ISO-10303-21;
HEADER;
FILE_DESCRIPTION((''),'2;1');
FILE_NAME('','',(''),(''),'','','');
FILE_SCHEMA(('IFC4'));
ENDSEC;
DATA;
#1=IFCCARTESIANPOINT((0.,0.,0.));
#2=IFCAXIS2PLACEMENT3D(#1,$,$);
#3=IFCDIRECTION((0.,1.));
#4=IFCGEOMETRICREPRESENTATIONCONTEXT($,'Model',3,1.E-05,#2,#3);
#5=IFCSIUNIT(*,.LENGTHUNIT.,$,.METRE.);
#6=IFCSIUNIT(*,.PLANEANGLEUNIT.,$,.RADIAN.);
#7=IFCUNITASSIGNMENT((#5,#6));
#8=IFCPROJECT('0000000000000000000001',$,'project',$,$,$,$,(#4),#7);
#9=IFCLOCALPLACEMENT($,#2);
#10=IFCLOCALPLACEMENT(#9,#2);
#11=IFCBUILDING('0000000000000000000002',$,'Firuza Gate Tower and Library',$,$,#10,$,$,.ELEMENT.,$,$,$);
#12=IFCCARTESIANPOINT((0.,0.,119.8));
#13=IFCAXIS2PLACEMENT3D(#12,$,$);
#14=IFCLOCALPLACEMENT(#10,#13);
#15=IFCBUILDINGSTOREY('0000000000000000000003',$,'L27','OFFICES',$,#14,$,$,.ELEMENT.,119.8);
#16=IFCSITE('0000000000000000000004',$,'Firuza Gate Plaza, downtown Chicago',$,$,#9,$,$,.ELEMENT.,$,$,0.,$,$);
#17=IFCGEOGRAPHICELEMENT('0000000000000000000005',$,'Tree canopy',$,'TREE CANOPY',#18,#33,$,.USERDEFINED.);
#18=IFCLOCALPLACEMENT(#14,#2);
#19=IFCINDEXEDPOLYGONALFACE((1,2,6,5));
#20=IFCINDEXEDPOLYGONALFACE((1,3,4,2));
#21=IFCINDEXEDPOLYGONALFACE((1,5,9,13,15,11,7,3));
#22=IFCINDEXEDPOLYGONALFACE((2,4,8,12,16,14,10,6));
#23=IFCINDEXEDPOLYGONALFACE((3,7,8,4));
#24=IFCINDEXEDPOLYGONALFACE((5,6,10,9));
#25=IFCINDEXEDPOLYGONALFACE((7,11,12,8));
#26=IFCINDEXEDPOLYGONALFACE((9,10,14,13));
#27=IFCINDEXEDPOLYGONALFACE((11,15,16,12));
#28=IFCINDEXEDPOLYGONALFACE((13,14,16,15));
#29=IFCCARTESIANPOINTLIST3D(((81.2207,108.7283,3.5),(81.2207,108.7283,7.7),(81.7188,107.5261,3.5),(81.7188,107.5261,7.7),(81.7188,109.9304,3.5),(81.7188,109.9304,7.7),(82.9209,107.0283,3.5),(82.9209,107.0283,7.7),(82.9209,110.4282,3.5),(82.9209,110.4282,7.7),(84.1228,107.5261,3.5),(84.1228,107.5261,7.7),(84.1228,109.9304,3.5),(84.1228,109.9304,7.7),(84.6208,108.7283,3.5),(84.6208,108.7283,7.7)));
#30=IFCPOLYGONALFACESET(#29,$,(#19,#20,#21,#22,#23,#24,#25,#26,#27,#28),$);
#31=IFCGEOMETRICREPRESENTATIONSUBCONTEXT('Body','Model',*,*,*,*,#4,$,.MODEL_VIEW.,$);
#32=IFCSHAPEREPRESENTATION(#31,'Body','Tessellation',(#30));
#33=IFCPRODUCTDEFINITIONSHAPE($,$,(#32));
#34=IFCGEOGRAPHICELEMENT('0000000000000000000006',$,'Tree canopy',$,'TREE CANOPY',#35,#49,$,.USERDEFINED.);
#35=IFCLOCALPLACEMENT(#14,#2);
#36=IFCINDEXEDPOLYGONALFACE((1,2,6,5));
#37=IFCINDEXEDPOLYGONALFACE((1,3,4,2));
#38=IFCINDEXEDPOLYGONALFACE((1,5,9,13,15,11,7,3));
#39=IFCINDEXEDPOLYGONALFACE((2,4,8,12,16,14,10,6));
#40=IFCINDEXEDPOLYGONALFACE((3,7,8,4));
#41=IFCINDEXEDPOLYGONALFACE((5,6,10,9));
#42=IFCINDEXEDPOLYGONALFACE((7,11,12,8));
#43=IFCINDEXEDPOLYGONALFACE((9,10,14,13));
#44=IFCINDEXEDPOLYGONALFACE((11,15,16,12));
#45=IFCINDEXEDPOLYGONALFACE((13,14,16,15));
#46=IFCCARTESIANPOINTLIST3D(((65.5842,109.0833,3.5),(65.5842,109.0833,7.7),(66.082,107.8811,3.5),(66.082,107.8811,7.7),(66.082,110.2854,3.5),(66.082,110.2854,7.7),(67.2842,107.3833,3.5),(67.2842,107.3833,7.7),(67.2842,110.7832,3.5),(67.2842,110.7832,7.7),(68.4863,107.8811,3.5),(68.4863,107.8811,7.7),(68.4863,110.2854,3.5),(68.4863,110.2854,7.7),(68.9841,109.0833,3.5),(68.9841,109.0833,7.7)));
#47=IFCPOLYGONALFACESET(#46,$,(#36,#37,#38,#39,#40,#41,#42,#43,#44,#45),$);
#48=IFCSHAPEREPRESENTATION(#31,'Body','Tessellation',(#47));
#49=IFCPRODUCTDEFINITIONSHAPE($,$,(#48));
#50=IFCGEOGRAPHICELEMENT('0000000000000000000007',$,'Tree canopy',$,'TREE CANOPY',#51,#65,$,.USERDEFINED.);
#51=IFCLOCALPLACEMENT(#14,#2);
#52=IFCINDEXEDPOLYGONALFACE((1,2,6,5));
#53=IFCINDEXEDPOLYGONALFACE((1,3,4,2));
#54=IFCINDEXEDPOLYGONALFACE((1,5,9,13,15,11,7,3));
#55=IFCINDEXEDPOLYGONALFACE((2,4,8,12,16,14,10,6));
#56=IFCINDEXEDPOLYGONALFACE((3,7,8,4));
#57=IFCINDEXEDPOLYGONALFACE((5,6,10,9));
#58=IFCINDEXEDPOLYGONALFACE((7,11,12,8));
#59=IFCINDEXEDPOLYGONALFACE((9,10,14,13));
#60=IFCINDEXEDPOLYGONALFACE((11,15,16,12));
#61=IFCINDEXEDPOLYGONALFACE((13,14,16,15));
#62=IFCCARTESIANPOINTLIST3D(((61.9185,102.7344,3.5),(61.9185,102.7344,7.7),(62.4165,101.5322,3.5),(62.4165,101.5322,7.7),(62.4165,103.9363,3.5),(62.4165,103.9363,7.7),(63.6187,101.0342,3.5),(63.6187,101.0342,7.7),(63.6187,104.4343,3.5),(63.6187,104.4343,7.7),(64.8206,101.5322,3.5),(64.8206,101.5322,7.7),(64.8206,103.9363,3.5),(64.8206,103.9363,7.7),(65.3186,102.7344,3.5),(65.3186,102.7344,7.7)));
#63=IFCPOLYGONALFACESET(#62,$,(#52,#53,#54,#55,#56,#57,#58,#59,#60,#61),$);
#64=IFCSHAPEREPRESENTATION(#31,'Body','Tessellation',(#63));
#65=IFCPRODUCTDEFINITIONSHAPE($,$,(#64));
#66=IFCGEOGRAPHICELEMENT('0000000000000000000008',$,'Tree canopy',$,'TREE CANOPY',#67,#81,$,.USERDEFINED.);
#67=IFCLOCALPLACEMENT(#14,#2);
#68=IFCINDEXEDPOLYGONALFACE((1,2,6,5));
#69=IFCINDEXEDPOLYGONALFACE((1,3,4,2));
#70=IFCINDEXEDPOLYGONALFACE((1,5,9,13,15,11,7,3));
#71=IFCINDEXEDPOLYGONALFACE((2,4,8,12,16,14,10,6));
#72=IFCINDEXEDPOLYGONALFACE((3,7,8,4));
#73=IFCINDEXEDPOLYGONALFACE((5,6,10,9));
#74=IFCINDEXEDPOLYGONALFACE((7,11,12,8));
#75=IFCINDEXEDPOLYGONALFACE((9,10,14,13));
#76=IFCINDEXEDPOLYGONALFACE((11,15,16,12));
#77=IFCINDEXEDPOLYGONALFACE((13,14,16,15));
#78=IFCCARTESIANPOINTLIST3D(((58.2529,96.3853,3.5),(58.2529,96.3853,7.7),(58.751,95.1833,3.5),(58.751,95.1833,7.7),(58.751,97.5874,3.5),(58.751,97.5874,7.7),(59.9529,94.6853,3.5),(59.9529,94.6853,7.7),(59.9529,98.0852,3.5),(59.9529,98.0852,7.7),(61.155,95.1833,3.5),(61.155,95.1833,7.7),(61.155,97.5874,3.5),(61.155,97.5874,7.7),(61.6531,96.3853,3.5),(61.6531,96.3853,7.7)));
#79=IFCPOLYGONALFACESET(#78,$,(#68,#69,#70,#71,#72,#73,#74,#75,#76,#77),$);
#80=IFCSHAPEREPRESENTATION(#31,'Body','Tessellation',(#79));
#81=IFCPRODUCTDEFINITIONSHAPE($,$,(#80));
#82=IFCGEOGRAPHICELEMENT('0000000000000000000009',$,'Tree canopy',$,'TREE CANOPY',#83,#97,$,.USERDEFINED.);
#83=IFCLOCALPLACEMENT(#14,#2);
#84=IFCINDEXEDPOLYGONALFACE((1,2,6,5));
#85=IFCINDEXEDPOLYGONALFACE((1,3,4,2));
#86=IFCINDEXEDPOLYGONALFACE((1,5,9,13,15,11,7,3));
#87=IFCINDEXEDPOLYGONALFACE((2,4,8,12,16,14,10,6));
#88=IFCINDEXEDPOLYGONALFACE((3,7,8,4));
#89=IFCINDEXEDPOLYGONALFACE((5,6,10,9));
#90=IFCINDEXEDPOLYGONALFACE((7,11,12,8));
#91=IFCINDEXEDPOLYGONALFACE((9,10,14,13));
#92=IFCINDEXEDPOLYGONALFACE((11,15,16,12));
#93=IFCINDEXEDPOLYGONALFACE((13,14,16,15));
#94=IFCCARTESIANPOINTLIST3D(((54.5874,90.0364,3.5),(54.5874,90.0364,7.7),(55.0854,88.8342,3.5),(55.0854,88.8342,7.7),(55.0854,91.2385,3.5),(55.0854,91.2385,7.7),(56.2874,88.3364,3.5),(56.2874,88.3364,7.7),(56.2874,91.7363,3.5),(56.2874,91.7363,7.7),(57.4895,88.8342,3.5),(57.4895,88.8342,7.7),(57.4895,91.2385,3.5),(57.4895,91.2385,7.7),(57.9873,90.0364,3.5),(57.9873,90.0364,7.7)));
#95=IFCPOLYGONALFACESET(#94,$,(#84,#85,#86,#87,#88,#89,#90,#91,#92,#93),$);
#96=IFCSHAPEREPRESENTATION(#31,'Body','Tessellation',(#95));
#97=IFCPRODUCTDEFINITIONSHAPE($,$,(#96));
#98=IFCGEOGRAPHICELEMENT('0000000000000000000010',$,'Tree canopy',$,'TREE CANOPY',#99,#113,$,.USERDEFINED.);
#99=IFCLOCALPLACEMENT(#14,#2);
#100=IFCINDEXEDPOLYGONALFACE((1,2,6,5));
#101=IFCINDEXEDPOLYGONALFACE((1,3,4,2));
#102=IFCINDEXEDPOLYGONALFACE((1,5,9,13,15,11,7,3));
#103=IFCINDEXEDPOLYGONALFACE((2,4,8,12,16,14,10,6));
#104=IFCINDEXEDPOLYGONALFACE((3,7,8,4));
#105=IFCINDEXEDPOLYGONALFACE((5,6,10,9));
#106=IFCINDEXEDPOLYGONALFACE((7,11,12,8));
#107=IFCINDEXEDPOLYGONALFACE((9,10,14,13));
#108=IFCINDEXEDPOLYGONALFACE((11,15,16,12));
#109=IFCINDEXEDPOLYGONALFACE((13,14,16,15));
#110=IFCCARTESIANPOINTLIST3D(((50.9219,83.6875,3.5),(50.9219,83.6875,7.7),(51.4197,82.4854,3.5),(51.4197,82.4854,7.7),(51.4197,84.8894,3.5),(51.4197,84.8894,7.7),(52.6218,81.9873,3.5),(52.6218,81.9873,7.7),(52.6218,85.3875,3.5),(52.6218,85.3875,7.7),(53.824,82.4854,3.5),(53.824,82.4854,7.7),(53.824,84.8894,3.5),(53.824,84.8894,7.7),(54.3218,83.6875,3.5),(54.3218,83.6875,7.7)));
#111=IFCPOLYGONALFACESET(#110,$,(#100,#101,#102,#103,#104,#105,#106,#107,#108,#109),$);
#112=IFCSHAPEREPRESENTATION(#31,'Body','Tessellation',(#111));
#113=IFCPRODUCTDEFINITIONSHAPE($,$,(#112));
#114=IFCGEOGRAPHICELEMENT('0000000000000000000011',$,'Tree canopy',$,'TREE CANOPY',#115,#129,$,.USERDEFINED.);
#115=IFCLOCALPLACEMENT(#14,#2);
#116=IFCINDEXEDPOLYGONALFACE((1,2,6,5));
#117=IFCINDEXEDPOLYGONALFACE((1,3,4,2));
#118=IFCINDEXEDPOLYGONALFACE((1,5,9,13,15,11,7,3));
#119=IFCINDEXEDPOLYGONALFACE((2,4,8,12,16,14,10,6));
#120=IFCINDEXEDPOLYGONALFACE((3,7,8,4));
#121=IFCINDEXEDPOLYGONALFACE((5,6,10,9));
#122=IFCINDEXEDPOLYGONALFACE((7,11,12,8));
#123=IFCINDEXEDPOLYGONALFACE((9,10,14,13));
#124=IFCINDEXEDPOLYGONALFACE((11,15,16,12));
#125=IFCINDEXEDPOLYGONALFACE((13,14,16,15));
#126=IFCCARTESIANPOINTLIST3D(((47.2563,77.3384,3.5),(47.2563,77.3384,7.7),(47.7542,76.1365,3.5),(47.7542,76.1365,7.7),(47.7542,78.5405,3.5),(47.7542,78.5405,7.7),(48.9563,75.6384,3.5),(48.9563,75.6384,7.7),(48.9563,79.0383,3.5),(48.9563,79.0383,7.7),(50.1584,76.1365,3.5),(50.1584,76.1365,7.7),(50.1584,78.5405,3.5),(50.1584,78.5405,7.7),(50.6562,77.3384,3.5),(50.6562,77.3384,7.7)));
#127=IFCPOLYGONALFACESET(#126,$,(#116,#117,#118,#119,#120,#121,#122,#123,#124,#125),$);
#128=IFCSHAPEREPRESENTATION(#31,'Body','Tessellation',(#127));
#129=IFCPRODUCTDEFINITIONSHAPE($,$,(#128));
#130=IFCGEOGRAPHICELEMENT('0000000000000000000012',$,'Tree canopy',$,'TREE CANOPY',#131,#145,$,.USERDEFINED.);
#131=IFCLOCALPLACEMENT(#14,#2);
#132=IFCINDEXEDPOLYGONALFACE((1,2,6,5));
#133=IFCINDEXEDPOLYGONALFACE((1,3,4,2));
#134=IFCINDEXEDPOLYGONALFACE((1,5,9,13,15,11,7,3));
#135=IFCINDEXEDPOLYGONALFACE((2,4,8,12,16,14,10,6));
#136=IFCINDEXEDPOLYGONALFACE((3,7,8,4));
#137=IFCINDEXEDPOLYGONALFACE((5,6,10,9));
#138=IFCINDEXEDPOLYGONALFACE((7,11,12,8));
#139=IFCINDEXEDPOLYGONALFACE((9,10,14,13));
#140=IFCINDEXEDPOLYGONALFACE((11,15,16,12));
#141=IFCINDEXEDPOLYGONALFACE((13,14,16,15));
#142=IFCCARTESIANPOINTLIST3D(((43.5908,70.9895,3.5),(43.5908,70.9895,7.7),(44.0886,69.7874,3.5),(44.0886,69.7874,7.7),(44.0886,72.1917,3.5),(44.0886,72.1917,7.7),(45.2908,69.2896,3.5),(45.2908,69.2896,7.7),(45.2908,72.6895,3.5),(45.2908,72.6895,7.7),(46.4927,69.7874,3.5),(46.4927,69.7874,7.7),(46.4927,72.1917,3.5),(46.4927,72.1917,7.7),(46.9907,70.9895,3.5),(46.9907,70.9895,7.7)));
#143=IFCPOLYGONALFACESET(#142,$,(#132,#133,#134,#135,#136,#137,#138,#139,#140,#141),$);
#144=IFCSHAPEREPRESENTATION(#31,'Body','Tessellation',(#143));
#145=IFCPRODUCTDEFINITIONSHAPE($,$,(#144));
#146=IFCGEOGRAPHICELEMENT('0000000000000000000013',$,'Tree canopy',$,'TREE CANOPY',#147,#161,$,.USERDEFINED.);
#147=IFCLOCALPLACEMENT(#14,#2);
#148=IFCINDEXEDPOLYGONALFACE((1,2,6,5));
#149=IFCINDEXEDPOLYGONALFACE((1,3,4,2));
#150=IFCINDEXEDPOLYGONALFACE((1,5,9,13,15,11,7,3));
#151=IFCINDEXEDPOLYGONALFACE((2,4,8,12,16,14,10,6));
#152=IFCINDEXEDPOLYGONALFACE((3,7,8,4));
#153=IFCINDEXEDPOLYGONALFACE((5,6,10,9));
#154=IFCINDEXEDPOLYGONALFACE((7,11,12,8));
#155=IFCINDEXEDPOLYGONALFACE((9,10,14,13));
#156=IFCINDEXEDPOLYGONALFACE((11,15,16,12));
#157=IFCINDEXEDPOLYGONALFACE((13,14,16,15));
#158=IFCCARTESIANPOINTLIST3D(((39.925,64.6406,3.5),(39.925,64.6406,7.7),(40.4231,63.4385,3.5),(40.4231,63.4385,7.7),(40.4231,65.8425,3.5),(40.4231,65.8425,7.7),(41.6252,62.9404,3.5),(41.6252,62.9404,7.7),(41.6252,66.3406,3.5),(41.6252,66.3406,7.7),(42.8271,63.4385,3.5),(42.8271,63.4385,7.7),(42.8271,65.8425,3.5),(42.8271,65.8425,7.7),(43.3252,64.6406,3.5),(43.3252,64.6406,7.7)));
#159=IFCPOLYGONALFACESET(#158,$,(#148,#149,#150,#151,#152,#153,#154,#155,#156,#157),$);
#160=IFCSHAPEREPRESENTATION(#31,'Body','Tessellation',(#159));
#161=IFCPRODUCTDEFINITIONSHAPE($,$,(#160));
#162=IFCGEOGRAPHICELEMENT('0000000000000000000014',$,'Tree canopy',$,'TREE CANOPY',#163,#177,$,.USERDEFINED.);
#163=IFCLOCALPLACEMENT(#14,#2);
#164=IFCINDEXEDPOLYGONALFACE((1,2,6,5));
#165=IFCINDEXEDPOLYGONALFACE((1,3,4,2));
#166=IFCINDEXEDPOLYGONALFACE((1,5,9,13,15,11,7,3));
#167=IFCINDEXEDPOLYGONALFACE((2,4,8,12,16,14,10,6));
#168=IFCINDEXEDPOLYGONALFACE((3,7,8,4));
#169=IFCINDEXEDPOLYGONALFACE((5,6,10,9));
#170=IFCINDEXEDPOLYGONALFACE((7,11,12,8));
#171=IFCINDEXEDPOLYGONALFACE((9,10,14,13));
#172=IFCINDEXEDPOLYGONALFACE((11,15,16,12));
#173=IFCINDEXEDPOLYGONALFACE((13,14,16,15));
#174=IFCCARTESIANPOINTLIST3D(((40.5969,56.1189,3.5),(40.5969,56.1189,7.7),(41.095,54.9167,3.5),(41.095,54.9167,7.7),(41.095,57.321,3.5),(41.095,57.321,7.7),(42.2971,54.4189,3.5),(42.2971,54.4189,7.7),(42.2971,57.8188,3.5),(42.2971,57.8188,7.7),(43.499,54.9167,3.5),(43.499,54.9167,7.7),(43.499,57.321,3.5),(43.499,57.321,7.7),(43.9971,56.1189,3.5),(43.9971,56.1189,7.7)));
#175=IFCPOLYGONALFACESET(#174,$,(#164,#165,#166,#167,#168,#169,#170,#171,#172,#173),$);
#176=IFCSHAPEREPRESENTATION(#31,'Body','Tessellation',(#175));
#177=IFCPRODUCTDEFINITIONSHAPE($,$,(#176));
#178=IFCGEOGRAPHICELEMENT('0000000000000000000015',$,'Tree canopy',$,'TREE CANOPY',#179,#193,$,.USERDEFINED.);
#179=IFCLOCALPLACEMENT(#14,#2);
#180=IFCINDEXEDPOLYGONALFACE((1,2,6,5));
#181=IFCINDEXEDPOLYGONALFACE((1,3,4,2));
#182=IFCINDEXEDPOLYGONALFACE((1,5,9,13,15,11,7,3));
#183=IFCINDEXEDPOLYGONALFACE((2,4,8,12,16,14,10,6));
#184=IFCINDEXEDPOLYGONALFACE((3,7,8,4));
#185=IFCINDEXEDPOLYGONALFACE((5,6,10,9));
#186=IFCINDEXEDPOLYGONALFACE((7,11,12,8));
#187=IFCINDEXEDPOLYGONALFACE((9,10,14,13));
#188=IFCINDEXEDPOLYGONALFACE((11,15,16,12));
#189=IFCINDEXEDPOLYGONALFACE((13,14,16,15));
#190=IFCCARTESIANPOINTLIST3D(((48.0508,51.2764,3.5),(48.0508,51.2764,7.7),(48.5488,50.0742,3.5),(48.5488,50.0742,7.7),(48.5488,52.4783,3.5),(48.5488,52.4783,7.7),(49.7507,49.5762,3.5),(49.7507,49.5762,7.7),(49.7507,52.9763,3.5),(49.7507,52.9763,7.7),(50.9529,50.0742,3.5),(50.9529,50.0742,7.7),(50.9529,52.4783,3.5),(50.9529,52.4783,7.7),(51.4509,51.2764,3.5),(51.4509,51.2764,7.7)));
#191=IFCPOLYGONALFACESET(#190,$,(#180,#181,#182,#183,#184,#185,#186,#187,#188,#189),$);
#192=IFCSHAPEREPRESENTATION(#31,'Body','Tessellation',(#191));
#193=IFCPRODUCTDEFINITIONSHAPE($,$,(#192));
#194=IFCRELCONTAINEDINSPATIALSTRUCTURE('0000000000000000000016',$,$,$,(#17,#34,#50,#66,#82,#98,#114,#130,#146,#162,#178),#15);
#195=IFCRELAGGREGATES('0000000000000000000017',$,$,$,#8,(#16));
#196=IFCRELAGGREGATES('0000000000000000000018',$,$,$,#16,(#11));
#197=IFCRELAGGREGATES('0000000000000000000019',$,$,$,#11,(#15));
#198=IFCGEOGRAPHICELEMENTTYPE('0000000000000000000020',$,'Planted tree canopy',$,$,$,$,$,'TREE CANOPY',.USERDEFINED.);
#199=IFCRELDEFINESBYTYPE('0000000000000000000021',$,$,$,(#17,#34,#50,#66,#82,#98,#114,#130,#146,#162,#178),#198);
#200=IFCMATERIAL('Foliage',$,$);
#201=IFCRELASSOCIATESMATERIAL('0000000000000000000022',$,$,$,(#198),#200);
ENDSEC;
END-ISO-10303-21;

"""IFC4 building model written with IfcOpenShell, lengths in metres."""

from ifc_helpers import new_model, si_unit, direction, frame, origin, place, context, subcontext, project, spatial, polyline, outline, extrude, material, type_object, element, save


model = new_model("IFC4")

# Units and contexts
model_context = context("Model", 3, precision=1e-05, world=origin(), true_north=direction((0.0, 1.0)))
body_context = subcontext(model_context, "Body", "Model", "MODEL_VIEW")
ifc_project = project(units=[si_unit("LENGTHUNIT", "METRE"), si_unit("PLANEANGLEUNIT", "RADIAN")], contexts=[model_context])

# Site, building, storey
site_placement = place(None, origin())
site = spatial("IfcSite", under=ifc_project, at=site_placement, Name="Firuza Gate Plaza, downtown Chicago", CompositionType="ELEMENT", RefElevation=0.0)
building_placement = place(site_placement, origin())
building = spatial("IfcBuilding", under=site, at=building_placement, Name="Firuza Gate Tower and Library", CompositionType="ELEMENT")
storey_placement = place(building_placement, frame((0.0, 0.0, 119.8)))
storey = spatial("IfcBuildingStorey", under=building, at=storey_placement, Name="L27", Description="OFFICES", CompositionType="ELEMENT", Elevation=119.8)

# Geographic elements
ifc_material_1 = material(Name="Foliage")
geographic_element_type_1 = type_object("IfcGeographicElementType", Name="Planted tree canopy", ElementType="TREE CANOPY", PredefinedType="USERDEFINED", material=ifc_material_1)
placement_1 = place(storey_placement, frame((0.0, 0.0, 3.5)))
element("IfcGeographicElement", 1, at=placement_1, inside=storey, type_object=geographic_element_type_1, Name="Tree canopy", ObjectType="TREE CANOPY", PredefinedType="USERDEFINED", context=body_context, shape_type="SweptSolid", body=[
    extrude(outline(polyline([(84.6208, 108.7283), (84.1228, 109.9304), (82.9209, 110.4282), (81.7188, 109.9304), (81.2207, 108.7283), (81.7188, 107.5261), (82.9209, 107.0283), (84.1228, 107.5261), (84.6208, 108.7283)])), origin(), (0.0, 0.0, 1.0), 4.2),
])
element("IfcGeographicElement", 2, at=placement_1, inside=storey, type_object=geographic_element_type_1, Name="Tree canopy", ObjectType="TREE CANOPY", PredefinedType="USERDEFINED", context=body_context, shape_type="SweptSolid", body=[
    extrude(outline(polyline([(68.9841, 109.0833), (68.4863, 110.2854), (67.2842, 110.7832), (66.082, 110.2854), (65.5842, 109.0833), (66.082, 107.8811), (67.2842, 107.3833), (68.4863, 107.8811), (68.9841, 109.0833)])), origin(), (0.0, 0.0, 1.0), 4.2),
])
element("IfcGeographicElement", 3, at=placement_1, inside=storey, type_object=geographic_element_type_1, Name="Tree canopy", ObjectType="TREE CANOPY", PredefinedType="USERDEFINED", context=body_context, shape_type="SweptSolid", body=[
    extrude(outline(polyline([(65.3186, 102.7344), (64.8206, 103.9363), (63.6187, 104.4343), (62.4165, 103.9363), (61.9185, 102.7344), (62.4165, 101.5322), (63.6187, 101.0342), (64.8206, 101.5322), (65.3186, 102.7344)])), origin(), (0.0, 0.0, 1.0), 4.2),
])
element("IfcGeographicElement", 4, at=placement_1, inside=storey, type_object=geographic_element_type_1, Name="Tree canopy", ObjectType="TREE CANOPY", PredefinedType="USERDEFINED", context=body_context, shape_type="SweptSolid", body=[
    extrude(outline(polyline([(61.6531, 96.3853), (61.155, 97.5874), (59.9529, 98.0852), (58.751, 97.5874), (58.2529, 96.3853), (58.751, 95.1833), (59.9529, 94.6853), (61.155, 95.1833), (61.6531, 96.3853)])), origin(), (0.0, 0.0, 1.0), 4.2),
])
element("IfcGeographicElement", 5, at=placement_1, inside=storey, type_object=geographic_element_type_1, Name="Tree canopy", ObjectType="TREE CANOPY", PredefinedType="USERDEFINED", context=body_context, shape_type="SweptSolid", body=[
    extrude(outline(polyline([(57.9873, 90.0364), (57.4895, 91.2385), (56.2874, 91.7363), (55.0854, 91.2385), (54.5874, 90.0364), (55.0854, 88.8342), (56.2874, 88.3364), (57.4895, 88.8342), (57.9873, 90.0364)])), origin(), (0.0, 0.0, 1.0), 4.2),
])
element("IfcGeographicElement", 6, at=placement_1, inside=storey, type_object=geographic_element_type_1, Name="Tree canopy", ObjectType="TREE CANOPY", PredefinedType="USERDEFINED", context=body_context, shape_type="SweptSolid", body=[
    extrude(outline(polyline([(54.3218, 83.6875), (53.824, 84.8894), (52.6218, 85.3875), (51.4197, 84.8894), (50.9219, 83.6875), (51.4197, 82.4854), (52.6218, 81.9873), (53.824, 82.4854), (54.3218, 83.6875)])), origin(), (0.0, 0.0, 1.0), 4.2),
])
element("IfcGeographicElement", 7, at=placement_1, inside=storey, type_object=geographic_element_type_1, Name="Tree canopy", ObjectType="TREE CANOPY", PredefinedType="USERDEFINED", context=body_context, shape_type="SweptSolid", body=[
    extrude(outline(polyline([(50.6562, 77.3384), (50.1584, 78.5405), (48.9563, 79.0383), (47.7542, 78.5405), (47.2563, 77.3384), (47.7542, 76.1365), (48.9563, 75.6384), (50.1584, 76.1365), (50.6562, 77.3384)])), origin(), (0.0, 0.0, 1.0), 4.2),
])
element("IfcGeographicElement", 8, at=placement_1, inside=storey, type_object=geographic_element_type_1, Name="Tree canopy", ObjectType="TREE CANOPY", PredefinedType="USERDEFINED", context=body_context, shape_type="SweptSolid", body=[
    extrude(outline(polyline([(46.9907, 70.9895), (46.4927, 72.1917), (45.2908, 72.6895), (44.0886, 72.1917), (43.5908, 70.9895), (44.0886, 69.7874), (45.2908, 69.2896), (46.4927, 69.7874), (46.9907, 70.9895)])), origin(), (0.0, 0.0, 1.0), 4.2),
])
element("IfcGeographicElement", 9, at=placement_1, inside=storey, type_object=geographic_element_type_1, Name="Tree canopy", ObjectType="TREE CANOPY", PredefinedType="USERDEFINED", context=body_context, shape_type="SweptSolid", body=[
    extrude(outline(polyline([(43.3252, 64.6406), (42.8271, 65.8425), (41.6252, 66.3406), (40.4231, 65.8425), (39.925, 64.6406), (40.4231, 63.4385), (41.6252, 62.9404), (42.8271, 63.4385), (43.3252, 64.6406)])), origin(), (0.0, 0.0, 1.0), 4.2),
])
element("IfcGeographicElement", 10, at=placement_1, inside=storey, type_object=geographic_element_type_1, Name="Tree canopy", ObjectType="TREE CANOPY", PredefinedType="USERDEFINED", context=body_context, shape_type="SweptSolid", body=[
    extrude(outline(polyline([(43.9971, 56.1189), (43.499, 57.321), (42.2971, 57.8188), (41.095, 57.321), (40.5969, 56.1189), (41.095, 54.9167), (42.2971, 54.4189), (43.499, 54.9167), (43.9971, 56.1189)])), origin(), (0.0, 0.0, 1.0), 4.2),
])
element("IfcGeographicElement", 11, at=placement_1, inside=storey, type_object=geographic_element_type_1, Name="Tree canopy", ObjectType="TREE CANOPY", PredefinedType="USERDEFINED", context=body_context, shape_type="SweptSolid", body=[
    extrude(outline(polyline([(51.4509, 51.2764), (50.9529, 52.4783), (49.7507, 52.9763), (48.5488, 52.4783), (48.0508, 51.2764), (48.5488, 50.0742), (49.7507, 49.5762), (50.9529, 50.0742), (51.4509, 51.2764)])), origin(), (0.0, 0.0, 1.0), 4.2),
])

save(model, "model.ifc")
